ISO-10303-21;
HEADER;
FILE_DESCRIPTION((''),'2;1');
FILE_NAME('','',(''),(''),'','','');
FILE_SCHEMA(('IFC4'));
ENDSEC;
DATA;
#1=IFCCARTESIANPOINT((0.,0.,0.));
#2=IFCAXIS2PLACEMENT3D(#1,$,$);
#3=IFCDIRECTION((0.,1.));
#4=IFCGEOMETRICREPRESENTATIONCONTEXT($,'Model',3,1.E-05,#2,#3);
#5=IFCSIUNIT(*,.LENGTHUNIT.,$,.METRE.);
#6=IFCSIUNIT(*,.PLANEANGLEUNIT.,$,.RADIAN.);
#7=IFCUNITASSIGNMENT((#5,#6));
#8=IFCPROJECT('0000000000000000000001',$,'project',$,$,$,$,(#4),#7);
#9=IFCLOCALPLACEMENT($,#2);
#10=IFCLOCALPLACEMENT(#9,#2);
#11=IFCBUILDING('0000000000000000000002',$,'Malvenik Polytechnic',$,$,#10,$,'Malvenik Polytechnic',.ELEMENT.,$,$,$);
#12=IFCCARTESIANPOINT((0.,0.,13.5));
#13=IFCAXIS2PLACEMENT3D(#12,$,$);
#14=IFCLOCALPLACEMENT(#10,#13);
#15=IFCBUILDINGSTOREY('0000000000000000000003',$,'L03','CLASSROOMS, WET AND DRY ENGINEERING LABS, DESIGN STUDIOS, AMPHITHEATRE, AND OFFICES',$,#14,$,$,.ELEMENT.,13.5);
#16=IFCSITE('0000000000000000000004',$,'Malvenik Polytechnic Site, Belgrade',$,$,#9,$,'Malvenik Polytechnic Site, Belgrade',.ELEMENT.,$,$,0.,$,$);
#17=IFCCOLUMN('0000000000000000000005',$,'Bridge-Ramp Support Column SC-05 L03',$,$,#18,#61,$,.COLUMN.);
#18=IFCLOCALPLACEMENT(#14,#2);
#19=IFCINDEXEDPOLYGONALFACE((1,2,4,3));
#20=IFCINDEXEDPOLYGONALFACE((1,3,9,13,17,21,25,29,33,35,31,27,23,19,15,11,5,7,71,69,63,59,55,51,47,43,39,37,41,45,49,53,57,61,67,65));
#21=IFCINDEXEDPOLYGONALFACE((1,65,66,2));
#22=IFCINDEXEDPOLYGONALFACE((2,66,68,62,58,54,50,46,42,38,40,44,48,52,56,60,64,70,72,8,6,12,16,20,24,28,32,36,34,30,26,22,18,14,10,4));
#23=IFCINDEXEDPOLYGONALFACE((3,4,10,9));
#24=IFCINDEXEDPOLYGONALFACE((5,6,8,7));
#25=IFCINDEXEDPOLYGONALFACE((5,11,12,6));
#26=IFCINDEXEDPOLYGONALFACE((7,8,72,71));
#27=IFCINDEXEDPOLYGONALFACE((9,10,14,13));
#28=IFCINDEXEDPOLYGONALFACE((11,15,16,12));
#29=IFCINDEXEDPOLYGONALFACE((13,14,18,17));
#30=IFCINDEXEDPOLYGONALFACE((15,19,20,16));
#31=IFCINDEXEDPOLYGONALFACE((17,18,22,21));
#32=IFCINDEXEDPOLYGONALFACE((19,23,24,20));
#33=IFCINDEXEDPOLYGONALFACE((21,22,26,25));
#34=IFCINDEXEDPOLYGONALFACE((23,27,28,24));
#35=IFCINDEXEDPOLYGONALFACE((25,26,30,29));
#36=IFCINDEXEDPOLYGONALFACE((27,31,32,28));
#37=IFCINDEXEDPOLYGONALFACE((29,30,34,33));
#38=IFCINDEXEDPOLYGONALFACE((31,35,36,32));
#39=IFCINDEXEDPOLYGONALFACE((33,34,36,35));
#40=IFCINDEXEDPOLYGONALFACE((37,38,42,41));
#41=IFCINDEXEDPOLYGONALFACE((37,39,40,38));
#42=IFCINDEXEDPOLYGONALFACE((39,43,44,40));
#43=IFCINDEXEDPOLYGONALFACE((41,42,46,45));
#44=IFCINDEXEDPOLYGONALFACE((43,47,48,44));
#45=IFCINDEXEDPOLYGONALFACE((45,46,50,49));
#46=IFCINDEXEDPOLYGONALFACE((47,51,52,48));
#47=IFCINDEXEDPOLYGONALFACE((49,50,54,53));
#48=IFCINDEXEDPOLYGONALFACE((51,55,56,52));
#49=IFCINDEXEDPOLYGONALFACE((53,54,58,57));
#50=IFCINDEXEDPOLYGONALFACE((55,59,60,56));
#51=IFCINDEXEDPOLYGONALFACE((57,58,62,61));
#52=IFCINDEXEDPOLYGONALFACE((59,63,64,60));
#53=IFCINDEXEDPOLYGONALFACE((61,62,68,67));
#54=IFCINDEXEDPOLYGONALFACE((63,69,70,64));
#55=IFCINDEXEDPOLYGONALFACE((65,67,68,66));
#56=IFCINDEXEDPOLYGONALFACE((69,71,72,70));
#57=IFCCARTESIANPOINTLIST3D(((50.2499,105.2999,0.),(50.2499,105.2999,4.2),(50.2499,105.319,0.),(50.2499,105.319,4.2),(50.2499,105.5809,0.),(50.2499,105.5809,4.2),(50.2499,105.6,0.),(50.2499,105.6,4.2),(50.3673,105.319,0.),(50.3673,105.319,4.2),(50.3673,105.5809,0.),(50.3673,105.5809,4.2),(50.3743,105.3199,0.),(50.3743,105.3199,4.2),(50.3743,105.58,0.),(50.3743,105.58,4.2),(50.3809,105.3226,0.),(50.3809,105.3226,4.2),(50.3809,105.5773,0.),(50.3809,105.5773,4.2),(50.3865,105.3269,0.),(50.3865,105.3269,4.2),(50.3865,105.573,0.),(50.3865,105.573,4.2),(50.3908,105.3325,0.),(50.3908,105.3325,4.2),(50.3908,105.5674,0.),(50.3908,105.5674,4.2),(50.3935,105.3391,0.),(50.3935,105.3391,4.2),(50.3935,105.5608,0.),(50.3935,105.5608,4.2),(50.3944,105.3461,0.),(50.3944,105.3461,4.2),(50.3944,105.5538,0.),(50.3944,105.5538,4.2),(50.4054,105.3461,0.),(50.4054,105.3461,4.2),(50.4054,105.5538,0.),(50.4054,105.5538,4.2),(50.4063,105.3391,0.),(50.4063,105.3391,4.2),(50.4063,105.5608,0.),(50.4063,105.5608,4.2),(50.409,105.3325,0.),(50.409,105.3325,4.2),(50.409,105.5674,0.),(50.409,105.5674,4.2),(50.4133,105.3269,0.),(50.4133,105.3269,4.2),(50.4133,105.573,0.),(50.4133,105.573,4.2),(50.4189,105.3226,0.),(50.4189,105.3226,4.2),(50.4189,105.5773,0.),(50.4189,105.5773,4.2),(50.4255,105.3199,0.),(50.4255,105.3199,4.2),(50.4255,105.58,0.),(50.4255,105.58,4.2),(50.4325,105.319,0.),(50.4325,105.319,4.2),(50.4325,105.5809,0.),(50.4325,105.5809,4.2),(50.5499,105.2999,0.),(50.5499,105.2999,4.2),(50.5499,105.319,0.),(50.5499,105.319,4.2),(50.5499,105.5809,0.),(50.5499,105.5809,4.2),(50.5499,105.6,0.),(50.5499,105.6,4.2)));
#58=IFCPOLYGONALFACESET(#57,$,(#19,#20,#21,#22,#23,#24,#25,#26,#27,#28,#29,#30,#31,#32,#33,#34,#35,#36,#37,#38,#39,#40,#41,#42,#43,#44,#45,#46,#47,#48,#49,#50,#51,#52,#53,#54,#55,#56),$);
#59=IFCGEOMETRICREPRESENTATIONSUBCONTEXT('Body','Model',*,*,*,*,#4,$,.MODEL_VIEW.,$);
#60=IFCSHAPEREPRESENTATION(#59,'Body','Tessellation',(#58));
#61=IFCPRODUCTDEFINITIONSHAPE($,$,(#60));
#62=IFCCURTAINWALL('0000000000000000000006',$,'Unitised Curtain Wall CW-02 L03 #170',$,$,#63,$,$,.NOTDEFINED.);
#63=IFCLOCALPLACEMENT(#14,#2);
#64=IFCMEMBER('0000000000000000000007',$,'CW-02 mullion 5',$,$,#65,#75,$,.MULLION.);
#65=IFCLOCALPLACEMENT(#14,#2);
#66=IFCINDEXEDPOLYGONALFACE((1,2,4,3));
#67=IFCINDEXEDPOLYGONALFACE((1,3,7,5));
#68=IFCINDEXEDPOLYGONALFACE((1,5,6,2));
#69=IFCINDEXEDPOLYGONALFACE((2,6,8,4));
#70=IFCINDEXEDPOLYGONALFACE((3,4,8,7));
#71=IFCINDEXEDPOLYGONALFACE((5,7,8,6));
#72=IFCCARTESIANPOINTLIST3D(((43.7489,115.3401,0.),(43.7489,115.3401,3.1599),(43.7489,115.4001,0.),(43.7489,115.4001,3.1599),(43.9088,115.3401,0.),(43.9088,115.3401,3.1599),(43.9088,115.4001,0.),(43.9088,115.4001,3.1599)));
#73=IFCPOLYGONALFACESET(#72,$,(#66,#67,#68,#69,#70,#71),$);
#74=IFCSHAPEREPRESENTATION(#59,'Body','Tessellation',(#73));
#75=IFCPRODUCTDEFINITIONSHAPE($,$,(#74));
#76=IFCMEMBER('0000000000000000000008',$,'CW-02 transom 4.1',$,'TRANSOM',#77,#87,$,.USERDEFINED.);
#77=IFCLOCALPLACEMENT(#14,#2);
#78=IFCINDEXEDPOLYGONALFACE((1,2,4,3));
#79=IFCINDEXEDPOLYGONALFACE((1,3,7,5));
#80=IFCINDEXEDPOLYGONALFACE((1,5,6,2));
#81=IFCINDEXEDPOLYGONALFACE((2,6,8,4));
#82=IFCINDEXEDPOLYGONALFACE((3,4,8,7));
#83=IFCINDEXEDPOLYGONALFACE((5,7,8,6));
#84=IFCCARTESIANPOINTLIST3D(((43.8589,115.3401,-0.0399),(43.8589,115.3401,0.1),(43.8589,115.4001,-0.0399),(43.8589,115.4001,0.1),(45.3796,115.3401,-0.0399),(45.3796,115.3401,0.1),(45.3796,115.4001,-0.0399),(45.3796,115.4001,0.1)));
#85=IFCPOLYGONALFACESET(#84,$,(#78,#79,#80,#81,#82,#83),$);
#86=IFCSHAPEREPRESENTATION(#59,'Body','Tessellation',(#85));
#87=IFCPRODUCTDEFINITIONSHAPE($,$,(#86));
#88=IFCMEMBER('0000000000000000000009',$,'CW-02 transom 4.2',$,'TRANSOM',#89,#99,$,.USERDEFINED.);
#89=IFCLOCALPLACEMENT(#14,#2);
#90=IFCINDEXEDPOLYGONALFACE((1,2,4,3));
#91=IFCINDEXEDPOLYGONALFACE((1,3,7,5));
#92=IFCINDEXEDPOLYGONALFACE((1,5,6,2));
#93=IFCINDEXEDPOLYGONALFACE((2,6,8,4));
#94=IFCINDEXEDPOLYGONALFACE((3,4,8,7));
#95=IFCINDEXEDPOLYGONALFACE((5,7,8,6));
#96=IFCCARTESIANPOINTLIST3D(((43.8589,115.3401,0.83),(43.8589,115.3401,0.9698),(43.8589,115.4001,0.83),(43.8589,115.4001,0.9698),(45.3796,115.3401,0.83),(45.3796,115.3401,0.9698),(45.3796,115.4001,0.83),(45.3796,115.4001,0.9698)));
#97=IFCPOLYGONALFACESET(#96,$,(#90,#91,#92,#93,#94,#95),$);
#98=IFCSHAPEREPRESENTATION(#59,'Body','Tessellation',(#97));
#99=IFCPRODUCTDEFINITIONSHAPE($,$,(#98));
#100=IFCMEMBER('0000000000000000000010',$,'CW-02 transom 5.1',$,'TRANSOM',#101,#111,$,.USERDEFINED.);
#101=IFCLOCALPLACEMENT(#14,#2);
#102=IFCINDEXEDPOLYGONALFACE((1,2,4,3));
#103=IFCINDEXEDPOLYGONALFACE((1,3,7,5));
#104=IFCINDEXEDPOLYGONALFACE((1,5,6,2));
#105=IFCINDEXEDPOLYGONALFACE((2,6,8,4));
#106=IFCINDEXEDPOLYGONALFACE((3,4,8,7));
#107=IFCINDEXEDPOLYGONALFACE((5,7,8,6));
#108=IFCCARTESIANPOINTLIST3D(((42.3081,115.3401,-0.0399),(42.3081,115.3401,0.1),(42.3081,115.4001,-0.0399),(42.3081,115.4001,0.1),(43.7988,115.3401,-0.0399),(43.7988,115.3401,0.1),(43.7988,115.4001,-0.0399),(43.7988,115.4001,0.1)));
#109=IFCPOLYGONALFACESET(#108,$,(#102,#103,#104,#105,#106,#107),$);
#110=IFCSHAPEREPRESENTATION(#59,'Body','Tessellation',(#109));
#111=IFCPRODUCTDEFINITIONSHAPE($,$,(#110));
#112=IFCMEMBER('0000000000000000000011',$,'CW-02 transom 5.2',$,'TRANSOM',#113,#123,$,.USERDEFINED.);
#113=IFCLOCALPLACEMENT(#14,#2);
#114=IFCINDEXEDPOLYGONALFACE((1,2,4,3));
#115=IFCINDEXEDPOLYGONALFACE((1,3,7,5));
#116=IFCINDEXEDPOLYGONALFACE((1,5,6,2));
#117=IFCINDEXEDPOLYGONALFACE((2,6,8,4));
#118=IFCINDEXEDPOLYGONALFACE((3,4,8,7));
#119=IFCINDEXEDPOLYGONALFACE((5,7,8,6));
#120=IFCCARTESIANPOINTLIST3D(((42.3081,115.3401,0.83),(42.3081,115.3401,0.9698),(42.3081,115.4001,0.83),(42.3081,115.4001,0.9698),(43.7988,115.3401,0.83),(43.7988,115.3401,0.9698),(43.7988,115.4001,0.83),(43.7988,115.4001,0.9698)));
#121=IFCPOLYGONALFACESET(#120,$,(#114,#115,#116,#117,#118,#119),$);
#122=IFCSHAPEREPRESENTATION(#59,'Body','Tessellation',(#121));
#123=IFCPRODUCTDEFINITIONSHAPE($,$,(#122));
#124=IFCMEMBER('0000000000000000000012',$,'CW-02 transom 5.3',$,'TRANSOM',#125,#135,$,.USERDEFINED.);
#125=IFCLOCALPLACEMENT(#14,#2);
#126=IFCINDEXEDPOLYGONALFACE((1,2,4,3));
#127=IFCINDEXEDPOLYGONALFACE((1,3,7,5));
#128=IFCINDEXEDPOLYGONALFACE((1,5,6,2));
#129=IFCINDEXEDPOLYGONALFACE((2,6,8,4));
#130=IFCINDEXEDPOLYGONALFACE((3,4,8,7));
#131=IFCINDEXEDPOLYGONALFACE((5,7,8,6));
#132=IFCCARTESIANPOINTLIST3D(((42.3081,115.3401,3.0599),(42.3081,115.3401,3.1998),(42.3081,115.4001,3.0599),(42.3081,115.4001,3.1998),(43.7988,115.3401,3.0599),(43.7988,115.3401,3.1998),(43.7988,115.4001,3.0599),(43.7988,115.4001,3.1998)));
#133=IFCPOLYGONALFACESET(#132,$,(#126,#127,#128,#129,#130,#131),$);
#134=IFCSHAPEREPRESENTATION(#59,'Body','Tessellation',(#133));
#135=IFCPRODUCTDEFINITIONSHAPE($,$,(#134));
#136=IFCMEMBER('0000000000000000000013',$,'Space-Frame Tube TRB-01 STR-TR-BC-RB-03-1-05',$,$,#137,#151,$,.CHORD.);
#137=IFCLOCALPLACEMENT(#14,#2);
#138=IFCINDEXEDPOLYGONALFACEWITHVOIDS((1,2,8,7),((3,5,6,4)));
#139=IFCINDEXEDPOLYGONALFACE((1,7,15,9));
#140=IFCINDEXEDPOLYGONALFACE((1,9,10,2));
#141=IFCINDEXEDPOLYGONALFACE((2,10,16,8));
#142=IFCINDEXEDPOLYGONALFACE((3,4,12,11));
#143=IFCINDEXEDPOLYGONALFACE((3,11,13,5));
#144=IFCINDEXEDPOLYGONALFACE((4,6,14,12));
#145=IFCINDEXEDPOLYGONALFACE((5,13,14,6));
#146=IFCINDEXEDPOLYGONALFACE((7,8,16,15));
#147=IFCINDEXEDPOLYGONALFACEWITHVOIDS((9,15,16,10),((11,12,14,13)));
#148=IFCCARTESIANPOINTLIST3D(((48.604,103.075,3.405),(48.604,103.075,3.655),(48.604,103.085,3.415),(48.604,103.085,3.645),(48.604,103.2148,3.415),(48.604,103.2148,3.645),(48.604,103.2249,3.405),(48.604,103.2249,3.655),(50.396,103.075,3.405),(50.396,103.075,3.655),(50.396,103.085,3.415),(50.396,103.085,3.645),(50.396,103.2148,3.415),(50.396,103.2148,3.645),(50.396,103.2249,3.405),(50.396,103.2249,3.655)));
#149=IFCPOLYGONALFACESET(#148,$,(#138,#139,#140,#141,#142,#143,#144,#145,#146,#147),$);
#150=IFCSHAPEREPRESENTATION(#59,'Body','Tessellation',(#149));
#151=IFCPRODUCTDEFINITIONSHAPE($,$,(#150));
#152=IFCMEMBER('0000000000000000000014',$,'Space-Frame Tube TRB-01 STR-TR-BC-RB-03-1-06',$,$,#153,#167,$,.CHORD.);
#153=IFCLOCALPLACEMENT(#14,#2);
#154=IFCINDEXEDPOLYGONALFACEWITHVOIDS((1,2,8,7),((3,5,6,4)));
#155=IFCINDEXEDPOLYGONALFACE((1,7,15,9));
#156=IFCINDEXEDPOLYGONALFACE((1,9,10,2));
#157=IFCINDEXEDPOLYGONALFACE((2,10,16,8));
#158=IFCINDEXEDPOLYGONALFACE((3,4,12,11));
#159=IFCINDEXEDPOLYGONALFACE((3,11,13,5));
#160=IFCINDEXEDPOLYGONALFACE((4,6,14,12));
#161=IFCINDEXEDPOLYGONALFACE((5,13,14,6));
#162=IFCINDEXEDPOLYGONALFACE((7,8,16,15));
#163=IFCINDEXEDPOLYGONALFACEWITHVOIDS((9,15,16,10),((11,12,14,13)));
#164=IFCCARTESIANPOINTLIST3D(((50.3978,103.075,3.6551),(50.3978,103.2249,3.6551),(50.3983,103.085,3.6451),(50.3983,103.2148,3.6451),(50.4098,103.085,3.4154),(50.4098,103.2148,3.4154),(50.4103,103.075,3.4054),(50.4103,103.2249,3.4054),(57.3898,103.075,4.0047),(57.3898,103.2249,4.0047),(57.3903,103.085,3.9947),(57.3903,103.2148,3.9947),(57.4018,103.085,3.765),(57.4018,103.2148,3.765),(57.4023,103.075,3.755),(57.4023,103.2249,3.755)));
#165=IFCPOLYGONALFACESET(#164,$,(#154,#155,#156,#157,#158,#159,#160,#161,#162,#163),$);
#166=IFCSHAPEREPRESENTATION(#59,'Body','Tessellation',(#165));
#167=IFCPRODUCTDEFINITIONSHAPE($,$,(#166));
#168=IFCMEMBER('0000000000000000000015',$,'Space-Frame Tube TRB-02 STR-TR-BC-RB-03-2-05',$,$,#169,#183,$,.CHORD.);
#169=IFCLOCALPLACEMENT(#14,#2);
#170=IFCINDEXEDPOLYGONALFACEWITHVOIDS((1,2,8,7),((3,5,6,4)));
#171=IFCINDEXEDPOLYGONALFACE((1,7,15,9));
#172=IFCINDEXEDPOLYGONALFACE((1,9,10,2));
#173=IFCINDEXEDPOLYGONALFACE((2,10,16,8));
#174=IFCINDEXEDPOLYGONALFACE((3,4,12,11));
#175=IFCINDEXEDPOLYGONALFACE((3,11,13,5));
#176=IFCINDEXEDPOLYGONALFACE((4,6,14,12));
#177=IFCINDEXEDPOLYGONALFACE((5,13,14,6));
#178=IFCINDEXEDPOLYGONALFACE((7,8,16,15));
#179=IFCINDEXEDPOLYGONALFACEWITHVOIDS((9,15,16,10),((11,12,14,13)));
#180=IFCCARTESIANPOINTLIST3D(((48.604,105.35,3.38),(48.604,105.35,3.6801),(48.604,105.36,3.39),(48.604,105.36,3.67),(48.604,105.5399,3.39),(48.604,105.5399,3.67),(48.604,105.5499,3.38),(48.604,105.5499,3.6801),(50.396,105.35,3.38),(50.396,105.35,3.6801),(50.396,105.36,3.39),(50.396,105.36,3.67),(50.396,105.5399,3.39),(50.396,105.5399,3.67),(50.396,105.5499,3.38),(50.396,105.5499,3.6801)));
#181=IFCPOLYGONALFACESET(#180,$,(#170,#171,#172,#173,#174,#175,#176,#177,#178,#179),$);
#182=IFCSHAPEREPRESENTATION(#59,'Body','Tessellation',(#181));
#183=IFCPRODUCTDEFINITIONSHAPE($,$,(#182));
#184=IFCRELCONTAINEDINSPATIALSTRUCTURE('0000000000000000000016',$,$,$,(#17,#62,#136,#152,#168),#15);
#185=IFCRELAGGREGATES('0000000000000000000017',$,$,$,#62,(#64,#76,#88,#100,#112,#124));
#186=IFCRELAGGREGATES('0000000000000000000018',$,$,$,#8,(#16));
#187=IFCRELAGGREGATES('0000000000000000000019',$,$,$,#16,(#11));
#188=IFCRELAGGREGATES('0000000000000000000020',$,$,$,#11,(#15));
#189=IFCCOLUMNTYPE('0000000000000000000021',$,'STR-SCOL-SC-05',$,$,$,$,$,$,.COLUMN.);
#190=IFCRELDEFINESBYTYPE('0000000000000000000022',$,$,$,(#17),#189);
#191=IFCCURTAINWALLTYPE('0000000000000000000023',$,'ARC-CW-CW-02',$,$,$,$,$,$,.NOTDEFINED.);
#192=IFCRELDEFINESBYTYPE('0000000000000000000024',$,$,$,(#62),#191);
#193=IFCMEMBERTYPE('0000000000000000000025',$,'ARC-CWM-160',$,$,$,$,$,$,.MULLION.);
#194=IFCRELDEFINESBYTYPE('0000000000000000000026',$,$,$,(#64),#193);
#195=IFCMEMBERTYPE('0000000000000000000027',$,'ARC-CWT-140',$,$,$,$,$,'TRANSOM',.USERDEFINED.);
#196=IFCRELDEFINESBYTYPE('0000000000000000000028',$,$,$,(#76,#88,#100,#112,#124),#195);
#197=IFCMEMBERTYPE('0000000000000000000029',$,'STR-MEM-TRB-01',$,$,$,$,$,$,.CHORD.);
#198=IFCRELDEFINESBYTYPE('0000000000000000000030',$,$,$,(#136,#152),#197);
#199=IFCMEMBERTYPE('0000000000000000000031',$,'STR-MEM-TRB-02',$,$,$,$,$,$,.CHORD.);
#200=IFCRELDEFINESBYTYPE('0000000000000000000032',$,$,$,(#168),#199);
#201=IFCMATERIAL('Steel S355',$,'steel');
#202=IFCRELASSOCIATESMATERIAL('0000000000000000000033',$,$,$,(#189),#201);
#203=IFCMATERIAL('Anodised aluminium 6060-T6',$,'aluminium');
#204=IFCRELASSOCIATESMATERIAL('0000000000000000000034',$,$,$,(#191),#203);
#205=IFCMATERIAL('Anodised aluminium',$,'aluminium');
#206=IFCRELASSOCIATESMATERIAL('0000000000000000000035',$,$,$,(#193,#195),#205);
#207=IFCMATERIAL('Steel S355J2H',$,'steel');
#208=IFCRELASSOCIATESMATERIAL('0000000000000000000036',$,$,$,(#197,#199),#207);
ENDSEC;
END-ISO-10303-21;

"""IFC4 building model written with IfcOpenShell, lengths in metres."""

from ifc_helpers import new_model, si_unit, direction, frame, origin, origin_2d, place, context, subcontext, project, spatial, rectangle, hollow_rectangle, i_section, extrude, material, material_profile, profile_set, type_object, element, aggregate, save


model = new_model("IFC4")

# Units and contexts
model_context = context("Model", 3, precision=1e-05, world=origin(), true_north=direction((0.0, 1.0)))
body_context = subcontext(model_context, "Body", "Model", "MODEL_VIEW")
ifc_project = project(units=[si_unit("LENGTHUNIT", "METRE"), si_unit("PLANEANGLEUNIT", "RADIAN")], contexts=[model_context])

# Site, building, storey
site_placement = place(None, origin())
site = spatial("IfcSite", under=ifc_project, at=site_placement, Name="Malvenik Polytechnic Site, Belgrade", LongName="Malvenik Polytechnic Site, Belgrade", CompositionType="ELEMENT", RefElevation=0.0)
building_placement = place(site_placement, origin())
building = spatial("IfcBuilding", under=site, at=building_placement, Name="Malvenik Polytechnic", LongName="Malvenik Polytechnic", CompositionType="ELEMENT")
storey_placement = place(building_placement, frame((0.0, 0.0, 13.5)))
storey = spatial("IfcBuildingStorey", under=building, at=storey_placement, Name="L03", Description="CLASSROOMS, WET AND DRY ENGINEERING LABS, DESIGN STUDIOS, AMPHITHEATRE, AND OFFICES", CompositionType="ELEMENT", Elevation=13.5)

# Column
ifc_material_1 = material(Name="Steel S355J2H", Category="steel")
ifc_material_2 = material(Name="Steel S355", Category="steel")
ifc_material_profile_1 = material_profile(ifc_material_2, i_section(OverallWidth=0.3, OverallDepth=0.3, WebThickness=0.011, FlangeThickness=0.019, FilletRadius=0.0271, at=origin_2d()), Name="HEB 300")
ifc_profile_set_1 = profile_set([ifc_material_profile_1], Name="Steel S355")
column_type_1 = type_object("IfcColumnType", Name="STR-SCOL-SC-05", PredefinedType="COLUMN", material=ifc_profile_set_1)
for number, where, z_axis, x_axis, name in (
    (1, (50.3999, 105.45, 0.0), (0.0, 0.0, 1.0), (1.0, 0.0, 0.0), "Bridge-Ramp Support Column SC-05 L03"),
):
    element("IfcColumn", number, at=place(storey_placement, frame(where, z_axis=z_axis, x_axis=x_axis)), inside=storey, type_object=column_type_1, Name=name, PredefinedType="COLUMN", context=body_context, shape_type="SweptSolid", body=[
        extrude(i_section(OverallWidth=0.3, OverallDepth=0.3, WebThickness=0.011, FlangeThickness=0.019, FilletRadius=0.0271, at=origin_2d()), origin(), (0.0, 0.0, 1.0), 4.2),
    ])

# Curtain wall, members
ifc_material_3 = material(Name="Anodised aluminium 6060-T6", Category="aluminium")
curtain_wall_type = type_object("IfcCurtainWallType", Name="ARC-CW-CW-02", PredefinedType="NOTDEFINED", material=ifc_material_3)
curtain_wall_placement = place(storey_placement, origin())
curtain_wall = element("IfcCurtainWall", 2, at=curtain_wall_placement, inside=storey, type_object=curtain_wall_type, Name="Unitised Curtain Wall CW-02 L03 #170", PredefinedType="NOTDEFINED")
ifc_material_4 = material(Name="Anodised aluminium", Category="aluminium")
ifc_material_profile_2 = material_profile(ifc_material_4, rectangle(XDim=0.0601, YDim=0.1599, at=origin_2d()), Name="ALU MULLION 60x160")
ifc_profile_set_2 = profile_set([ifc_material_profile_2], Name="Anodised aluminium")
member_type_1 = type_object("IfcMemberType", Name="ARC-CWM-160", PredefinedType="MULLION", material=ifc_profile_set_2)
member_1_placement = place(storey_placement, frame((43.8289, 115.3701, 0.0), z_axis=(0.0, 0.0, 1.0), x_axis=(0.0, -1.0, 0.0)))
member_1 = element("IfcMember", 3, at=member_1_placement, type_object=member_type_1, Name="CW-02 mullion 5", PredefinedType="MULLION", context=body_context, shape_type="SweptSolid", body=[
    extrude(rectangle(XDim=0.0601, YDim=0.1599, at=origin_2d()), origin(), (0.0, 0.0, 1.0), 3.1599),
])
ifc_material_profile_3 = material_profile(ifc_material_4, rectangle(XDim=0.0601, YDim=0.1399, at=origin_2d()), Name="ALU TRANSOM 60x140")
ifc_profile_set_3 = profile_set([ifc_material_profile_3], Name="Anodised aluminium")
member_type_2 = type_object("IfcMemberType", Name="ARC-CWT-140", ElementType="TRANSOM", PredefinedType="USERDEFINED", material=ifc_profile_set_3)
member_2_placement = place(storey_placement, frame((45.3796, 115.3701, 0.03), z_axis=(-1.0, 0.0, 0.0), x_axis=(0.0, -1.0, 0.0)))
member_2 = element("IfcMember", 4, at=member_2_placement, type_object=member_type_2, Name="CW-02 transom 4.1", ObjectType="TRANSOM", PredefinedType="USERDEFINED", context=body_context, shape_type="SweptSolid", body=[
    extrude(rectangle(XDim=0.0601, YDim=0.1399, at=origin_2d()), origin(), (0.0, 0.0, 1.0), 1.5208),
])
member_3_placement = place(storey_placement, frame((45.3796, 115.3701, 0.8999), z_axis=(-1.0, 0.0, 0.0), x_axis=(0.0, -1.0, 0.0)))
member_3 = element("IfcMember", 5, at=member_3_placement, type_object=member_type_2, Name="CW-02 transom 4.2", ObjectType="TRANSOM", PredefinedType="USERDEFINED", context=body_context, shape_type="SweptSolid", body=[
    extrude(rectangle(XDim=0.0601, YDim=0.1399, at=origin_2d()), origin(), (0.0, 0.0, 1.0), 1.5208),
])
member_4_placement = place(storey_placement, frame((43.7988, 115.3701, 0.03), z_axis=(-1.0, 0.0, 0.0), x_axis=(0.0, -1.0, 0.0)))
member_4 = element("IfcMember", 6, at=member_4_placement, type_object=member_type_2, Name="CW-02 transom 5.1", ObjectType="TRANSOM", PredefinedType="USERDEFINED", context=body_context, shape_type="SweptSolid", body=[
    extrude(rectangle(XDim=0.0601, YDim=0.1399, at=origin_2d()), origin(), (0.0, 0.0, 1.0), 1.4907),
])
member_5_placement = place(storey_placement, frame((43.7988, 115.3701, 0.8999), z_axis=(-1.0, 0.0, 0.0), x_axis=(0.0, -1.0, 0.0)))
member_5 = element("IfcMember", 7, at=member_5_placement, type_object=member_type_2, Name="CW-02 transom 5.2", ObjectType="TRANSOM", PredefinedType="USERDEFINED", context=body_context, shape_type="SweptSolid", body=[
    extrude(rectangle(XDim=0.0601, YDim=0.1399, at=origin_2d()), origin(), (0.0, 0.0, 1.0), 1.4907),
])
member_6_placement = place(storey_placement, frame((43.7988, 115.3701, 3.1299), z_axis=(-1.0, 0.0, 0.0), x_axis=(0.0, -1.0, 0.0)))
member_6 = element("IfcMember", 8, at=member_6_placement, type_object=member_type_2, Name="CW-02 transom 5.3", ObjectType="TRANSOM", PredefinedType="USERDEFINED", context=body_context, shape_type="SweptSolid", body=[
    extrude(rectangle(XDim=0.0601, YDim=0.1399, at=origin_2d()), origin(), (0.0, 0.0, 1.0), 1.4907),
])

# Members
ifc_material_profile_4 = material_profile(ifc_material_1, hollow_rectangle(XDim=0.1499, YDim=0.25, WallThickness=0.01, at=origin_2d()), Name="RHS 250x150x10.0")
ifc_profile_set_4 = profile_set([ifc_material_profile_4], Name="Steel S355J2H")
member_type_3 = type_object("IfcMemberType", Name="STR-MEM-TRB-01", PredefinedType="CHORD", material=ifc_profile_set_4)
member_7_placement = place(storey_placement, frame((48.604, 103.1499, 3.53), z_axis=(1.0, 0.0, 0.0), x_axis=(0.0, 1.0, 0.0)))
element("IfcMember", 9, at=member_7_placement, inside=storey, type_object=member_type_3, Name="Space-Frame Tube TRB-01 STR-TR-BC-RB-03-1-05", PredefinedType="CHORD", context=body_context, shape_type="SweptSolid", body=[
    extrude(hollow_rectangle(XDim=0.1499, YDim=0.25, WallThickness=0.01, at=origin_2d()), origin(), (0.0, 0.0, 1.0), 1.792),
])
member_8_placement = place(storey_placement, frame((50.4041, 103.1499, 3.5303), z_axis=(0.998752, 0.0, 0.049939), x_axis=(0.0, 1.0, 0.0)))
element("IfcMember", 10, at=member_8_placement, inside=storey, type_object=member_type_3, Name="Space-Frame Tube TRB-01 STR-TR-BC-RB-03-1-06", PredefinedType="CHORD", context=body_context, shape_type="SweptSolid", body=[
    extrude(hollow_rectangle(XDim=0.1499, YDim=0.25, WallThickness=0.01, at=origin_2d()), origin(), (0.0, 0.0, 1.0), 7.0007),
])
ifc_material_profile_5 = material_profile(ifc_material_1, hollow_rectangle(XDim=0.2, YDim=0.3, WallThickness=0.01, at=origin_2d()), Name="RHS 300x200x10.0")
ifc_profile_set_5 = profile_set([ifc_material_profile_5], Name="Steel S355J2H")
member_type_4 = type_object("IfcMemberType", Name="STR-MEM-TRB-02", PredefinedType="CHORD", material=ifc_profile_set_5)
member_9_placement = place(storey_placement, frame((48.604, 105.45, 3.53), z_axis=(1.0, 0.0, 0.0), x_axis=(0.0, 1.0, 0.0)))
element("IfcMember", 11, at=member_9_placement, inside=storey, type_object=member_type_4, Name="Space-Frame Tube TRB-02 STR-TR-BC-RB-03-2-05", PredefinedType="CHORD", context=body_context, shape_type="SweptSolid", body=[
    extrude(hollow_rectangle(XDim=0.2, YDim=0.3, WallThickness=0.01, at=origin_2d()), origin(), (0.0, 0.0, 1.0), 1.792),
])

aggregate(curtain_wall, [member_1, member_2, member_3, member_4, member_5, member_6])

save(model, "model.ifc")
